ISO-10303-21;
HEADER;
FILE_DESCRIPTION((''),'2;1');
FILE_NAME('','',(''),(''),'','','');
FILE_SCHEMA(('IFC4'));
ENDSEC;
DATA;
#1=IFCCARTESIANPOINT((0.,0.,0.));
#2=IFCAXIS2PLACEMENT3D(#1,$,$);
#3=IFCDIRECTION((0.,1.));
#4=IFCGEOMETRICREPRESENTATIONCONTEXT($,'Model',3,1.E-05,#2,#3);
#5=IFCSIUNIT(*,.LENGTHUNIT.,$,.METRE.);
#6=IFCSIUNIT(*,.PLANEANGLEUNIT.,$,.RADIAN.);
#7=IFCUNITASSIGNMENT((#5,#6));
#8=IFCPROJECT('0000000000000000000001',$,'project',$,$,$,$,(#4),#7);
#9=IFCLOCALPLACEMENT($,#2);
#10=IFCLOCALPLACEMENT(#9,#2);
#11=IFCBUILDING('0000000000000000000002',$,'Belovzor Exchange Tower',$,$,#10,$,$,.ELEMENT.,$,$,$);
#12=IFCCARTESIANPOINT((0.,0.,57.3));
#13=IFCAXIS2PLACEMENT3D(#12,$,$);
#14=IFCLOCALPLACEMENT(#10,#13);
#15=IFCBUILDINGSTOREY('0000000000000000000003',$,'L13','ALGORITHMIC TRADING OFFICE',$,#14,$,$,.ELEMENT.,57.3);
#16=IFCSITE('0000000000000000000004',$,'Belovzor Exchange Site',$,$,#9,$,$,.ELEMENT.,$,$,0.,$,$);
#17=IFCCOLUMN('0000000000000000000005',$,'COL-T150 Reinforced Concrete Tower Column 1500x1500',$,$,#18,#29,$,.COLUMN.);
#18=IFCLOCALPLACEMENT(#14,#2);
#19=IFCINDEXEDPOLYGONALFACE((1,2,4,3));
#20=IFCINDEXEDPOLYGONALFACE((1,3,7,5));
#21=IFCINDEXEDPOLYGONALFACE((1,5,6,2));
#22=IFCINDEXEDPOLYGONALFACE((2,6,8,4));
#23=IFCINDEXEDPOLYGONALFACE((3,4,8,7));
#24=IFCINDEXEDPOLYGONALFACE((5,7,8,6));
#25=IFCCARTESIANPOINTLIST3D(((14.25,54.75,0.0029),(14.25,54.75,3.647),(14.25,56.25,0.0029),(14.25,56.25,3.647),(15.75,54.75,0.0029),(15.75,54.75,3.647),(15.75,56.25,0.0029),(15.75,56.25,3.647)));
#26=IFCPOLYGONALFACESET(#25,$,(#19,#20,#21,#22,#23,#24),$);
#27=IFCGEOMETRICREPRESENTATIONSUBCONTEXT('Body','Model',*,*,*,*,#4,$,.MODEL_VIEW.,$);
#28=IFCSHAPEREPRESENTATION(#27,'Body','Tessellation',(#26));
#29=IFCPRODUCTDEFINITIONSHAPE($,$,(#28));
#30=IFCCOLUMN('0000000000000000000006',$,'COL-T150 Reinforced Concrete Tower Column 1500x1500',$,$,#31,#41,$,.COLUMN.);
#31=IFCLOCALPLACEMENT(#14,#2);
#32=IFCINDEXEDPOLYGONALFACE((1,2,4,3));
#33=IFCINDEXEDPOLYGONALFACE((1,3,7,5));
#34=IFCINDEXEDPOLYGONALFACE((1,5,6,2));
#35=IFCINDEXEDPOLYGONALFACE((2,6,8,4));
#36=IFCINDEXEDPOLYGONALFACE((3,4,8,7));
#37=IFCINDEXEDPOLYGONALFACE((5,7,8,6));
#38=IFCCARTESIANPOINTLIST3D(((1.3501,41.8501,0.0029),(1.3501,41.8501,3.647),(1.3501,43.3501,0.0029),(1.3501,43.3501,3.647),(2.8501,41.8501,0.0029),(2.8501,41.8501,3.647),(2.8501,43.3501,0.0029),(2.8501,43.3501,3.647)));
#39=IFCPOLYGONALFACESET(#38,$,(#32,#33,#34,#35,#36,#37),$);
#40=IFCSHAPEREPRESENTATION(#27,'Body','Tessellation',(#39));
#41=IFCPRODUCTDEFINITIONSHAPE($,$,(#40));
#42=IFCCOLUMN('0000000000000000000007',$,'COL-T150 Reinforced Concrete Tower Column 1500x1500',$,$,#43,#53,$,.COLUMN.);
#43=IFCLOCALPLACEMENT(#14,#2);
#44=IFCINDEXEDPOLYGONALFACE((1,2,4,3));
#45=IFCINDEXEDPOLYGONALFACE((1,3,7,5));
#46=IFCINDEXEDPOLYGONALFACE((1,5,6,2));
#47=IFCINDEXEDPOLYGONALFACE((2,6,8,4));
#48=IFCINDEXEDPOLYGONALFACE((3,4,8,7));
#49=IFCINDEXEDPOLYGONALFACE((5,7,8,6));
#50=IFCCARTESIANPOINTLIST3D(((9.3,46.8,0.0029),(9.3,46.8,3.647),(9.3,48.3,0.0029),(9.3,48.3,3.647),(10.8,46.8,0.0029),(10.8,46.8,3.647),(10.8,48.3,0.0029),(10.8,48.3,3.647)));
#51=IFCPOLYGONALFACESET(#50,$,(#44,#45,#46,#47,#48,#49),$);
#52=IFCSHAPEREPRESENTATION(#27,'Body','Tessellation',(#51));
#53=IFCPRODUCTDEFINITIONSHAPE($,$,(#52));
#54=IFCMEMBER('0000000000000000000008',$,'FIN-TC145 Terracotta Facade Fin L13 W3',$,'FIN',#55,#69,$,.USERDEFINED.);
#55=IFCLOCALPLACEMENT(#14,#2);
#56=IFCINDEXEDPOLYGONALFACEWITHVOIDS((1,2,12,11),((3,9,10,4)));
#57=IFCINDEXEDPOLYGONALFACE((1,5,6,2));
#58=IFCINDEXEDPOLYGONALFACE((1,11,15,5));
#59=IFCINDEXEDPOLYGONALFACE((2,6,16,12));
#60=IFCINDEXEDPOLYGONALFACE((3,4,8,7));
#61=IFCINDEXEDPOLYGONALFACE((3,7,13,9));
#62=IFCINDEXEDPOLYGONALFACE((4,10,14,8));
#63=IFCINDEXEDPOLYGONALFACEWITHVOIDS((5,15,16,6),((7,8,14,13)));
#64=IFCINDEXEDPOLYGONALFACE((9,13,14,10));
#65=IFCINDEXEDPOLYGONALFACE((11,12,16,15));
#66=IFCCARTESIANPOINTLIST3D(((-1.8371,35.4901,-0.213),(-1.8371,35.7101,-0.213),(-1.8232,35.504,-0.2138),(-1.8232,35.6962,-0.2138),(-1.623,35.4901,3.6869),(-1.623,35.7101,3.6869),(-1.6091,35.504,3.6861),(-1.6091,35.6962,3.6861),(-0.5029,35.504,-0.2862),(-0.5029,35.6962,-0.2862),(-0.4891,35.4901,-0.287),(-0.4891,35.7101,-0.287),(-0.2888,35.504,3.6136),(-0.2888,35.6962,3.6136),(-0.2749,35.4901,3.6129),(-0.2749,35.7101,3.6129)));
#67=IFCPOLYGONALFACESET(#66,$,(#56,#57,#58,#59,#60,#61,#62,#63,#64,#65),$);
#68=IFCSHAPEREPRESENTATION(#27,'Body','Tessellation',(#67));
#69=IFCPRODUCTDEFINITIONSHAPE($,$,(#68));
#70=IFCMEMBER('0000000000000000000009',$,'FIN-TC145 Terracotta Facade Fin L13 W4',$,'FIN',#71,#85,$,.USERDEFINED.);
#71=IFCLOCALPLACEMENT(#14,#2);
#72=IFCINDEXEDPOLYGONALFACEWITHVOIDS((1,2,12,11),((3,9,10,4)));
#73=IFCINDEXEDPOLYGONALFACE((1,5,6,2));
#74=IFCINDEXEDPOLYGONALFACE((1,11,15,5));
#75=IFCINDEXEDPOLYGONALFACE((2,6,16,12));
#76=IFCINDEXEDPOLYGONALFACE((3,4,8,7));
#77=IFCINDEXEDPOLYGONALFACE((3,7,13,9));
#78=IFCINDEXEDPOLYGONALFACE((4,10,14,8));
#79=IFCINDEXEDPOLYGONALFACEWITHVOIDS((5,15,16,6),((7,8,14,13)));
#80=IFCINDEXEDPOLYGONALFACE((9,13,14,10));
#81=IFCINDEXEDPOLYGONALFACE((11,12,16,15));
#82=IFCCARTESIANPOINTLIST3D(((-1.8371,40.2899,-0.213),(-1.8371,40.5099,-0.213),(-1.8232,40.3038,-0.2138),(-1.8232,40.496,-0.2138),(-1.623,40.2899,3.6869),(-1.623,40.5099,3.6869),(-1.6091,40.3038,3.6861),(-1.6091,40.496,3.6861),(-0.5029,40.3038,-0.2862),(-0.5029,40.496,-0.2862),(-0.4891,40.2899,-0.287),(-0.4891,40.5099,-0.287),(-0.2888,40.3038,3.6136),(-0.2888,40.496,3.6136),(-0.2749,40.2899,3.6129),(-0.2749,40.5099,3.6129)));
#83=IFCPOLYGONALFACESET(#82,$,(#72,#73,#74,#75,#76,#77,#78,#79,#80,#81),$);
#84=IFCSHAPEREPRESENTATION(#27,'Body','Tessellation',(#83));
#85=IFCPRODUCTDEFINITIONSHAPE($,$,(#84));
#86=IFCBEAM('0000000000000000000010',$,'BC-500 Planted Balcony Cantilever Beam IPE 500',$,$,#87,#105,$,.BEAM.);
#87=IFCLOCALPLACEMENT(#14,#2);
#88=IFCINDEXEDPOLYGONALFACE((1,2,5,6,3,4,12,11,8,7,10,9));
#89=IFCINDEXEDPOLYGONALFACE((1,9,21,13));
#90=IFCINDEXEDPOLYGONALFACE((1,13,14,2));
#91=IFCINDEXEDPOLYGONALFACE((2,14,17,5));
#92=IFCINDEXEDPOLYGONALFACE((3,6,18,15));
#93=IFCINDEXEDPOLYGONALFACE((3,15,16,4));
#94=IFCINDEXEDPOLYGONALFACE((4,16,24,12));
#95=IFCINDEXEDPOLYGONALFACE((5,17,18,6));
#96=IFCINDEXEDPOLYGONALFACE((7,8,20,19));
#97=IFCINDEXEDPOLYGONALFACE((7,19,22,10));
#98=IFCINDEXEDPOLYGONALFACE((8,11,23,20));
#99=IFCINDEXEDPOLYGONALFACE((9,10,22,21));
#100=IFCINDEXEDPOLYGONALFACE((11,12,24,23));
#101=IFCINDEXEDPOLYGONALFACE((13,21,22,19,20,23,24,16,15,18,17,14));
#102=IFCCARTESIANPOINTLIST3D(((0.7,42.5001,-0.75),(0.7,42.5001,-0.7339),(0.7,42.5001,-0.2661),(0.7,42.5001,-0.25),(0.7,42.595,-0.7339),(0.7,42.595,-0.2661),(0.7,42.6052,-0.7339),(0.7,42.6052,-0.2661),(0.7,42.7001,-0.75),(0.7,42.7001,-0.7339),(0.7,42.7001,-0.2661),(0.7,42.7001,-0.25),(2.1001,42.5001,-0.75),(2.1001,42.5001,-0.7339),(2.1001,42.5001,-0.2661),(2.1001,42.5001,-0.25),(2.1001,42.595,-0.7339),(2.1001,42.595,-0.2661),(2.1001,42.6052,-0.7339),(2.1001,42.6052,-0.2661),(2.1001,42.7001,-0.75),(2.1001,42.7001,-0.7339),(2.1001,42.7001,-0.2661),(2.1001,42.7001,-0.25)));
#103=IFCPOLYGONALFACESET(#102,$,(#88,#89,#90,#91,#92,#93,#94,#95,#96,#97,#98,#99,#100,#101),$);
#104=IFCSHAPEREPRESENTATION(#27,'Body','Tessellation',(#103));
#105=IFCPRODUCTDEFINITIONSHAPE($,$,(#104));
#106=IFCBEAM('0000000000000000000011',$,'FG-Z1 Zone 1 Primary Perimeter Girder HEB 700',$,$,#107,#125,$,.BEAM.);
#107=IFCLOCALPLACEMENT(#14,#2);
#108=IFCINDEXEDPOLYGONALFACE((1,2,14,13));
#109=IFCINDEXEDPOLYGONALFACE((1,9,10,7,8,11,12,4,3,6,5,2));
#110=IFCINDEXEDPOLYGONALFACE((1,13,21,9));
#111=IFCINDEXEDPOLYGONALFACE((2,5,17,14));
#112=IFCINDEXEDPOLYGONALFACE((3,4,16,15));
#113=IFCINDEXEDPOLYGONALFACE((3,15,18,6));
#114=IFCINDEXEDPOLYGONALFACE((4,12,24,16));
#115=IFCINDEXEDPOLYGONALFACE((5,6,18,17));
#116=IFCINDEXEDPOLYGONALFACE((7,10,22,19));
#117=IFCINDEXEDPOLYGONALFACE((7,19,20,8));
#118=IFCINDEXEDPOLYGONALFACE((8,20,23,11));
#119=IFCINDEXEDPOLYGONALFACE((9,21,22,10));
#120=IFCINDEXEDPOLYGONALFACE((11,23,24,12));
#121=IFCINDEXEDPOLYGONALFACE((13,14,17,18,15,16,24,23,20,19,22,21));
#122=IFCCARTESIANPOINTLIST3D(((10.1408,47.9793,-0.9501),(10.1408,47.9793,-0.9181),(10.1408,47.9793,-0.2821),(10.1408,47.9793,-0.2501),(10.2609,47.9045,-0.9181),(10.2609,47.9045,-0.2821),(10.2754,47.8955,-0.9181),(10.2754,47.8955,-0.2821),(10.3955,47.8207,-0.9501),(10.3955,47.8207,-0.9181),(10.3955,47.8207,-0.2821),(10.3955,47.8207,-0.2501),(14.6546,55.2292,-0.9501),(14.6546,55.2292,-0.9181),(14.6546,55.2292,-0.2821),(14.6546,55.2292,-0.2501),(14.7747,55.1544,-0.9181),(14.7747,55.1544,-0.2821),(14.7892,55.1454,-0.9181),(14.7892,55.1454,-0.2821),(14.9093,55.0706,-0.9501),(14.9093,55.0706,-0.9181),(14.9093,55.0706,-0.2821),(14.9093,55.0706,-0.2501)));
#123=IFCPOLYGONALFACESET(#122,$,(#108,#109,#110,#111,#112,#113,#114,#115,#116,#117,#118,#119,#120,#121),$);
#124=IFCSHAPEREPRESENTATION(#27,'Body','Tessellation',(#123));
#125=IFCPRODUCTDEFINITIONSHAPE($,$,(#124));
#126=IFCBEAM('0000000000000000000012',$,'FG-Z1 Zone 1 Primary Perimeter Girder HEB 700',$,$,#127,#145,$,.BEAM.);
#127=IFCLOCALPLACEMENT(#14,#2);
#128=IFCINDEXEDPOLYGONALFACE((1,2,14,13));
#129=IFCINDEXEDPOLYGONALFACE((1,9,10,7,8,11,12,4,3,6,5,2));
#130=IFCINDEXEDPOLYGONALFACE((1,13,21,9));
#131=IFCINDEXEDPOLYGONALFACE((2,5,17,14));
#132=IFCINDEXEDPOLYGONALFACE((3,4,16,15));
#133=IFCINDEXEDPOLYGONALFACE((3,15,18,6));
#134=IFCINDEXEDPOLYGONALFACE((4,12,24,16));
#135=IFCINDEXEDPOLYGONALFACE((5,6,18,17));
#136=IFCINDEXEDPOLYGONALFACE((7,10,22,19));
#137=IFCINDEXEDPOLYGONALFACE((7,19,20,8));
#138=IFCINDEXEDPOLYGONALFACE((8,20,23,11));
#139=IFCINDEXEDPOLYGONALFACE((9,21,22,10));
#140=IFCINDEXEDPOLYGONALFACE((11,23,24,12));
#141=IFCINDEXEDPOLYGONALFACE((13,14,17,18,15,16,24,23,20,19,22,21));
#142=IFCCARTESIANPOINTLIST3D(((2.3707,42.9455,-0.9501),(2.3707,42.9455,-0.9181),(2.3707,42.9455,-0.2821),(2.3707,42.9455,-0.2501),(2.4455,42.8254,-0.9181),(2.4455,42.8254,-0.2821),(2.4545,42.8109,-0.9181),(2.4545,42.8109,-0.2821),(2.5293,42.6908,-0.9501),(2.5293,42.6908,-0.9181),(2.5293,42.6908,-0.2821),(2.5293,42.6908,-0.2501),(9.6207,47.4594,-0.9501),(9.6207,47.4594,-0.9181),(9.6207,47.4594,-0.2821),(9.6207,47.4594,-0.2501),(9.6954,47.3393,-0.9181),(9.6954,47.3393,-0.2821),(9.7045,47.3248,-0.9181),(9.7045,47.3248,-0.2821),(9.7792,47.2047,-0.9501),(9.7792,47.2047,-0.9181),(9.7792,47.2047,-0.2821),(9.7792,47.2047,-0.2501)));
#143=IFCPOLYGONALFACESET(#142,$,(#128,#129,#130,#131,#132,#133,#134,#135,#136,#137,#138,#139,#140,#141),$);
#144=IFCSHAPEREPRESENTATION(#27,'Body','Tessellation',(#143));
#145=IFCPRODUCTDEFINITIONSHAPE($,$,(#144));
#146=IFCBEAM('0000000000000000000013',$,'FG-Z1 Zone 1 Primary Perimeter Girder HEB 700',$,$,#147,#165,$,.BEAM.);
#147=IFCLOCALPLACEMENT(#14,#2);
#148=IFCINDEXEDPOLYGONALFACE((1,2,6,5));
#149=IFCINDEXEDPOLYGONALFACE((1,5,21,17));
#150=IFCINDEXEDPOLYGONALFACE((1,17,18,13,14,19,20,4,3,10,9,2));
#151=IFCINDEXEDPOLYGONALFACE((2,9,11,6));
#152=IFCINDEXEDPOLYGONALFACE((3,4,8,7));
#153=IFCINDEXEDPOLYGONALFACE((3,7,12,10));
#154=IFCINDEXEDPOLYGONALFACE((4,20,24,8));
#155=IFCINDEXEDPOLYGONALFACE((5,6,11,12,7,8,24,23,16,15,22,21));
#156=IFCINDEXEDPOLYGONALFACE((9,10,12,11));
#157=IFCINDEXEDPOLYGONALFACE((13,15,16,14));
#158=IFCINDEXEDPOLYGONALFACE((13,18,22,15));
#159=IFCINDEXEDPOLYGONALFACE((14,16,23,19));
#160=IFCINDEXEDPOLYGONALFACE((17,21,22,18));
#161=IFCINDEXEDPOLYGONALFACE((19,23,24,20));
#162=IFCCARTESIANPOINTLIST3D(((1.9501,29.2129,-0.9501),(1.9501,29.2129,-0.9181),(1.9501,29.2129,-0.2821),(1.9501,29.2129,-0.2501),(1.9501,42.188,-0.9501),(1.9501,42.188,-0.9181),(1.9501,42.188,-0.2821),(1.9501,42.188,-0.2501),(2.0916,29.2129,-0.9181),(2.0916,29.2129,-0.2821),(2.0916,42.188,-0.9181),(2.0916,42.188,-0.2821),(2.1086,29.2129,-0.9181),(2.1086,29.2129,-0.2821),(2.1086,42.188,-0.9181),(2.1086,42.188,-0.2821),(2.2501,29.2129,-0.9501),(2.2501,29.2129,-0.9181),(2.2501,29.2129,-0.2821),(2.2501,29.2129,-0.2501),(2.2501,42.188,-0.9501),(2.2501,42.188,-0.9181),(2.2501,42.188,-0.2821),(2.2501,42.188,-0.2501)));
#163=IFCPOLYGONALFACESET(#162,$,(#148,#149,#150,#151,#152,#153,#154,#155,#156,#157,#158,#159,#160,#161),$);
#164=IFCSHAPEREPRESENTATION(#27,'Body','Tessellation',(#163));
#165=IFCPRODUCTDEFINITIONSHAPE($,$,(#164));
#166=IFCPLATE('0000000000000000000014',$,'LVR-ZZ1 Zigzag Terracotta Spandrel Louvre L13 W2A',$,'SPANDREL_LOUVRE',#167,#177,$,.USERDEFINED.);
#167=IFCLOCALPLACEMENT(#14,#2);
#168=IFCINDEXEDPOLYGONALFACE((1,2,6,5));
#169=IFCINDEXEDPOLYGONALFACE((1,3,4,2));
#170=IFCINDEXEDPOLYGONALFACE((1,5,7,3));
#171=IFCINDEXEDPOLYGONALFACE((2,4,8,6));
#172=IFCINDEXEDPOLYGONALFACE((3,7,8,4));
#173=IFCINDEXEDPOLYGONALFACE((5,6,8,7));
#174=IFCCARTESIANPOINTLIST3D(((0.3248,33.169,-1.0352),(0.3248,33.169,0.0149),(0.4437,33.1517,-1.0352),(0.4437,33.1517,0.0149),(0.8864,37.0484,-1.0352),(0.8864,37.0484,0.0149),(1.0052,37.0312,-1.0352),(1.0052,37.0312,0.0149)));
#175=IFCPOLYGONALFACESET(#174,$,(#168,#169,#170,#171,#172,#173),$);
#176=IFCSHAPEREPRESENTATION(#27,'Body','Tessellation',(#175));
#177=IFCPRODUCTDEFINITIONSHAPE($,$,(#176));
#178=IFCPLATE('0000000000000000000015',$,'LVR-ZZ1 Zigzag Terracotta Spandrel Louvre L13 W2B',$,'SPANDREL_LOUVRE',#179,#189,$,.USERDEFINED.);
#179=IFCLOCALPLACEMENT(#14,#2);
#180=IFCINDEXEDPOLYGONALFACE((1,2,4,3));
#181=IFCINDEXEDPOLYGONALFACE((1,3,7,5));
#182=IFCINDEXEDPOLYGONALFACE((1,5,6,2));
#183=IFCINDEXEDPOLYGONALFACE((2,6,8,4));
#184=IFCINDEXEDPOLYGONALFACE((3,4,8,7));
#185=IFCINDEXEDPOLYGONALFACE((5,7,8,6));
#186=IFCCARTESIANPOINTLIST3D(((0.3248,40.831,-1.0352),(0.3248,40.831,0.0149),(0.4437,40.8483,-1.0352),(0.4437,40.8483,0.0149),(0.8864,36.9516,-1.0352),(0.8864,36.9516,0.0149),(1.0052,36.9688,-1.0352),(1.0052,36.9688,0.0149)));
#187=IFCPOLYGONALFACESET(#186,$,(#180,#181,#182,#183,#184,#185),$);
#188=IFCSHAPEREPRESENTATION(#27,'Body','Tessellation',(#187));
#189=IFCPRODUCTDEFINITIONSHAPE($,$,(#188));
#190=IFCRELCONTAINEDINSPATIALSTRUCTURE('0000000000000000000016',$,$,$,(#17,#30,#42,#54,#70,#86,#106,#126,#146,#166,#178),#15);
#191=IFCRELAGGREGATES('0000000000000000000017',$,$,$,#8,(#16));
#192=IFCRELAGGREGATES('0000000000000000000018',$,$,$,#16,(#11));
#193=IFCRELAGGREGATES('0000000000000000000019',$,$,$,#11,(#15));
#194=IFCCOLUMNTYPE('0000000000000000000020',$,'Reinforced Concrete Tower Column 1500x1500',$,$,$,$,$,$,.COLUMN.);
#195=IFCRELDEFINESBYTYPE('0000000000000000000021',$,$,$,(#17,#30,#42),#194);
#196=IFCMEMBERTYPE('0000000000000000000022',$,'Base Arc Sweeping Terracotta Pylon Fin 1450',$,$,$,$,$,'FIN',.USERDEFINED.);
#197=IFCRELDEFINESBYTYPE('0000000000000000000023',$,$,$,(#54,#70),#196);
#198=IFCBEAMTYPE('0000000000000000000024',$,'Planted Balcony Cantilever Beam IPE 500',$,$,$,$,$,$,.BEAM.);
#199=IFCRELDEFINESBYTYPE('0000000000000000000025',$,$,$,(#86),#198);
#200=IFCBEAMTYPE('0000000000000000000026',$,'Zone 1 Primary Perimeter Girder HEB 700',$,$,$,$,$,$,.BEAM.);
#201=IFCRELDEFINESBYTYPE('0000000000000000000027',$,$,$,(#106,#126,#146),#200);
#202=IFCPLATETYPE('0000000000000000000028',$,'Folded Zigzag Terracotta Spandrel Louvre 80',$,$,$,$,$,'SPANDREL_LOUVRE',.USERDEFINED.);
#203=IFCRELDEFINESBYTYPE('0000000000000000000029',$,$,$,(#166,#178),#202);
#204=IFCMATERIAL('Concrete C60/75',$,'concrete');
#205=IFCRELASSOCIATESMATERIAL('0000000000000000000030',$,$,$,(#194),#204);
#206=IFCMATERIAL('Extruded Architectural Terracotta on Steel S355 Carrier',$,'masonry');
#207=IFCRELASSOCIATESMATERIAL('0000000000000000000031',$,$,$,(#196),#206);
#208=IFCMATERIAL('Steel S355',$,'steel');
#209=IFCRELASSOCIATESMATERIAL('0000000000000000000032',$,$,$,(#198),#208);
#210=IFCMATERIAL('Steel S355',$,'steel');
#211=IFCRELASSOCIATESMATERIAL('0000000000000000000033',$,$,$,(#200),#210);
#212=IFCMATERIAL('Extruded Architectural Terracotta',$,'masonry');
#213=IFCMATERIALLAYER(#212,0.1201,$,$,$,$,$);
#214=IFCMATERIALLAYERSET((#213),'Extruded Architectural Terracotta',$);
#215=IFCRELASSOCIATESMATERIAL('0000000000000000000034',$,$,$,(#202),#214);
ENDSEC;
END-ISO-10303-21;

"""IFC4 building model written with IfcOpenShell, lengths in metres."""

from ifc_helpers import new_model, si_unit, direction, frame, origin, origin_2d, place, context, subcontext, project, spatial, rectangle, hollow_rectangle, i_section, extrude, material, layer, layer_set, material_profile, profile_set, type_object, element, save


model = new_model("IFC4")

# Units and contexts
model_context = context("Model", 3, precision=1e-05, world=origin(), true_north=direction((0.0, 1.0)))
body_context = subcontext(model_context, "Body", "Model", "MODEL_VIEW")
ifc_project = project(units=[si_unit("LENGTHUNIT", "METRE"), si_unit("PLANEANGLEUNIT", "RADIAN")], contexts=[model_context])

# Site, building, storey
site_placement = place(None, origin())
site = spatial("IfcSite", under=ifc_project, at=site_placement, Name="Belovzor Exchange Site", CompositionType="ELEMENT", RefElevation=0.0)
building_placement = place(site_placement, origin())
building = spatial("IfcBuilding", under=site, at=building_placement, Name="Belovzor Exchange Tower", CompositionType="ELEMENT")
storey_placement = place(building_placement, frame((0.0, 0.0, 57.3)))
storey = spatial("IfcBuildingStorey", under=building, at=storey_placement, Name="L13", Description="ALGORITHMIC TRADING OFFICE", CompositionType="ELEMENT", Elevation=57.3)

# Columns
ifc_material_1 = material(Name="Concrete C60/75", Category="concrete")
ifc_material_profile_1 = material_profile(ifc_material_1, rectangle(XDim=1.5, YDim=1.5, at=origin_2d()))
ifc_profile_set_1 = profile_set([ifc_material_profile_1], Name="Concrete C60/75")
column_type = type_object("IfcColumnType", Name="Reinforced Concrete Tower Column 1500x1500", PredefinedType="COLUMN", material=ifc_profile_set_1)
for number, where, z_axis, x_axis, name in (
    (1, (15.0, 55.5, 0.0029), (0.0, 0.0, 1.0), (1.0, 0.0, 0.0), "COL-T150 Reinforced Concrete Tower Column 1500x1500"),
    (2, (2.1001, 42.6001, 0.0029), (0.0, 0.0, 1.0), (1.0, 0.0, 0.0), "COL-T150 Reinforced Concrete Tower Column 1500x1500"),
    (3, (10.05, 47.55, 0.0029), (0.0, 0.0, 1.0), (1.0, 0.0, 0.0), "COL-T150 Reinforced Concrete Tower Column 1500x1500"),
):
    element("IfcColumn", number, at=place(storey_placement, frame(where, z_axis=z_axis, x_axis=x_axis)), inside=storey, type_object=column_type, Name=name, PredefinedType="COLUMN", context=body_context, shape_type="SweptSolid", body=[
        extrude(rectangle(XDim=1.5, YDim=1.5, at=origin_2d()), origin(), (0.0, 0.0, 1.0), 3.644),
    ])

# Members
ifc_material_2 = material(Name="Extruded Architectural Terracotta on Steel S355 Carrier", Category="masonry")
ifc_material_profile_2 = material_profile(ifc_material_2, hollow_rectangle(XDim=0.22, YDim=1.3501, WallThickness=0.0139, at=origin_2d()))
ifc_profile_set_2 = profile_set([ifc_material_profile_2], Name="Extruded Architectural Terracotta on Steel S355 Carrier")
member_type = type_object("IfcMemberType", Name="Base Arc Sweeping Terracotta Pylon Fin 1450", ElementType="FIN", PredefinedType="USERDEFINED", material=ifc_profile_set_2)
for number, where, z_axis, x_axis, name in (
    (4, (-1.1631, 35.6001, -0.25), (0.054819, 0.0, 0.998496), (0.0, 1.0, 0.0), "FIN-TC145 Terracotta Facade Fin L13 W3"),
    (5, (-1.1631, 40.3999, -0.25), (0.054819, 0.0, 0.998496), (0.0, 1.0, 0.0), "FIN-TC145 Terracotta Facade Fin L13 W4"),
):
    element("IfcMember", number, at=place(storey_placement, frame(where, z_axis=z_axis, x_axis=x_axis)), inside=storey, type_object=member_type, Name=name, ObjectType="FIN", PredefinedType="USERDEFINED", context=body_context, shape_type="SweptSolid", body=[
        extrude(hollow_rectangle(XDim=0.22, YDim=1.3501, WallThickness=0.0139, at=origin_2d()), origin(), (0.0, 0.0, 1.0), 3.9058),
    ])

# Beams
ifc_material_3 = material(Name="Steel S355", Category="steel")
ifc_material_profile_3 = material_profile(ifc_material_3, i_section(OverallWidth=0.2, OverallDepth=0.5, WebThickness=0.0103, FlangeThickness=0.0161, at=origin_2d()))
ifc_profile_set_3 = profile_set([ifc_material_profile_3], Name="Steel S355")
beam_type_1 = type_object("IfcBeamType", Name="Planted Balcony Cantilever Beam IPE 500", PredefinedType="BEAM", material=ifc_profile_set_3)
beam_1_placement = place(storey_placement, frame((2.1001, 42.6001, -0.5), z_axis=(-1.0, 0.0, 0.0), x_axis=(0.0, -1.0, 0.0)))
element("IfcBeam", 6, at=beam_1_placement, inside=storey, type_object=beam_type_1, Name="BC-500 Planted Balcony Cantilever Beam IPE 500", PredefinedType="BEAM", context=body_context, shape_type="SweptSolid", body=[
    extrude(i_section(OverallWidth=0.2, OverallDepth=0.5, WebThickness=0.0103, FlangeThickness=0.0161, at=origin_2d()), origin(), (0.0, 0.0, 1.0), 1.4001),
])
ifc_material_4 = material(Name="Steel S355", Category="steel")
ifc_material_profile_4 = material_profile(ifc_material_4, i_section(OverallWidth=0.3, OverallDepth=0.7, WebThickness=0.0171, FlangeThickness=0.032, at=origin_2d()))
ifc_profile_set_4 = profile_set([ifc_material_profile_4], Name="Steel S355")
beam_type_2 = type_object("IfcBeamType", Name="Zone 1 Primary Perimeter Girder HEB 700", PredefinedType="BEAM", material=ifc_profile_set_4)
for number, where, z_axis, x_axis, name in (
    (7, (14.782, 55.1499, -0.6001), (-0.528539, -0.848909, 0.0), (0.848909, -0.528539, 0.0), "FG-Z1 Zone 1 Primary Perimeter Girder HEB 700"),
    (8, (9.7, 47.332, -0.6001), (-0.848909, -0.528539, 0.0), (0.528539, -0.848909, 0.0), "FG-Z1 Zone 1 Primary Perimeter Girder HEB 700"),
):
    element("IfcBeam", number, at=place(storey_placement, frame(where, z_axis=z_axis, x_axis=x_axis)), inside=storey, type_object=beam_type_2, Name=name, PredefinedType="BEAM", context=body_context, shape_type="SweptSolid", body=[
        extrude(i_section(OverallWidth=0.3, OverallDepth=0.7, WebThickness=0.0171, FlangeThickness=0.032, at=origin_2d()), origin(), (0.0, 0.0, 1.0), 8.5403),
    ])
beam_2_placement = place(storey_placement, frame((2.1001, 42.188, -0.6001), z_axis=(0.0, -1.0, 0.0), x_axis=(1.0, 0.0, 0.0)))
element("IfcBeam", 9, at=beam_2_placement, inside=storey, type_object=beam_type_2, Name="FG-Z1 Zone 1 Primary Perimeter Girder HEB 700", PredefinedType="BEAM", context=body_context, shape_type="SweptSolid", body=[
    extrude(i_section(OverallWidth=0.3, OverallDepth=0.7, WebThickness=0.0171, FlangeThickness=0.032, at=origin_2d()), origin(), (0.0, 0.0, 1.0), 12.9751),
])

# Plates
ifc_material_5 = material(Name="Extruded Architectural Terracotta", Category="masonry")
ifc_layer_1 = layer(ifc_material_5, 0.1201)
ifc_layer_set_1 = layer_set([ifc_layer_1], Name="Extruded Architectural Terracotta")
plate_type = type_object("IfcPlateType", Name="Folded Zigzag Terracotta Spandrel Louvre 80", ElementType="SPANDREL_LOUVRE", PredefinedType="USERDEFINED", material=ifc_layer_set_1)
for number, where, z_axis, x_axis, name in (
    (10, (0.665, 35.1001, -1.0352), (0.0, 0.0, 1.0), (0.143251, 0.989686, 0.0), "LVR-ZZ1 Zigzag Terracotta Spandrel Louvre L13 W2A"),
    (11, (0.665, 38.8999, -1.0352), (0.0, 0.0, 1.0), (-0.143251, 0.989686, 0.0), "LVR-ZZ1 Zigzag Terracotta Spandrel Louvre L13 W2B"),
):
    element("IfcPlate", number, at=place(storey_placement, frame(where, z_axis=z_axis, x_axis=x_axis)), inside=storey, type_object=plate_type, Name=name, ObjectType="SPANDREL_LOUVRE", PredefinedType="USERDEFINED", context=body_context, shape_type="SweptSolid", body=[
        extrude(rectangle(XDim=3.9199, YDim=0.1201, at=origin_2d()), origin(), (0.0, 0.0, 1.0), 1.05),
    ])

save(model, "model.ifc")
